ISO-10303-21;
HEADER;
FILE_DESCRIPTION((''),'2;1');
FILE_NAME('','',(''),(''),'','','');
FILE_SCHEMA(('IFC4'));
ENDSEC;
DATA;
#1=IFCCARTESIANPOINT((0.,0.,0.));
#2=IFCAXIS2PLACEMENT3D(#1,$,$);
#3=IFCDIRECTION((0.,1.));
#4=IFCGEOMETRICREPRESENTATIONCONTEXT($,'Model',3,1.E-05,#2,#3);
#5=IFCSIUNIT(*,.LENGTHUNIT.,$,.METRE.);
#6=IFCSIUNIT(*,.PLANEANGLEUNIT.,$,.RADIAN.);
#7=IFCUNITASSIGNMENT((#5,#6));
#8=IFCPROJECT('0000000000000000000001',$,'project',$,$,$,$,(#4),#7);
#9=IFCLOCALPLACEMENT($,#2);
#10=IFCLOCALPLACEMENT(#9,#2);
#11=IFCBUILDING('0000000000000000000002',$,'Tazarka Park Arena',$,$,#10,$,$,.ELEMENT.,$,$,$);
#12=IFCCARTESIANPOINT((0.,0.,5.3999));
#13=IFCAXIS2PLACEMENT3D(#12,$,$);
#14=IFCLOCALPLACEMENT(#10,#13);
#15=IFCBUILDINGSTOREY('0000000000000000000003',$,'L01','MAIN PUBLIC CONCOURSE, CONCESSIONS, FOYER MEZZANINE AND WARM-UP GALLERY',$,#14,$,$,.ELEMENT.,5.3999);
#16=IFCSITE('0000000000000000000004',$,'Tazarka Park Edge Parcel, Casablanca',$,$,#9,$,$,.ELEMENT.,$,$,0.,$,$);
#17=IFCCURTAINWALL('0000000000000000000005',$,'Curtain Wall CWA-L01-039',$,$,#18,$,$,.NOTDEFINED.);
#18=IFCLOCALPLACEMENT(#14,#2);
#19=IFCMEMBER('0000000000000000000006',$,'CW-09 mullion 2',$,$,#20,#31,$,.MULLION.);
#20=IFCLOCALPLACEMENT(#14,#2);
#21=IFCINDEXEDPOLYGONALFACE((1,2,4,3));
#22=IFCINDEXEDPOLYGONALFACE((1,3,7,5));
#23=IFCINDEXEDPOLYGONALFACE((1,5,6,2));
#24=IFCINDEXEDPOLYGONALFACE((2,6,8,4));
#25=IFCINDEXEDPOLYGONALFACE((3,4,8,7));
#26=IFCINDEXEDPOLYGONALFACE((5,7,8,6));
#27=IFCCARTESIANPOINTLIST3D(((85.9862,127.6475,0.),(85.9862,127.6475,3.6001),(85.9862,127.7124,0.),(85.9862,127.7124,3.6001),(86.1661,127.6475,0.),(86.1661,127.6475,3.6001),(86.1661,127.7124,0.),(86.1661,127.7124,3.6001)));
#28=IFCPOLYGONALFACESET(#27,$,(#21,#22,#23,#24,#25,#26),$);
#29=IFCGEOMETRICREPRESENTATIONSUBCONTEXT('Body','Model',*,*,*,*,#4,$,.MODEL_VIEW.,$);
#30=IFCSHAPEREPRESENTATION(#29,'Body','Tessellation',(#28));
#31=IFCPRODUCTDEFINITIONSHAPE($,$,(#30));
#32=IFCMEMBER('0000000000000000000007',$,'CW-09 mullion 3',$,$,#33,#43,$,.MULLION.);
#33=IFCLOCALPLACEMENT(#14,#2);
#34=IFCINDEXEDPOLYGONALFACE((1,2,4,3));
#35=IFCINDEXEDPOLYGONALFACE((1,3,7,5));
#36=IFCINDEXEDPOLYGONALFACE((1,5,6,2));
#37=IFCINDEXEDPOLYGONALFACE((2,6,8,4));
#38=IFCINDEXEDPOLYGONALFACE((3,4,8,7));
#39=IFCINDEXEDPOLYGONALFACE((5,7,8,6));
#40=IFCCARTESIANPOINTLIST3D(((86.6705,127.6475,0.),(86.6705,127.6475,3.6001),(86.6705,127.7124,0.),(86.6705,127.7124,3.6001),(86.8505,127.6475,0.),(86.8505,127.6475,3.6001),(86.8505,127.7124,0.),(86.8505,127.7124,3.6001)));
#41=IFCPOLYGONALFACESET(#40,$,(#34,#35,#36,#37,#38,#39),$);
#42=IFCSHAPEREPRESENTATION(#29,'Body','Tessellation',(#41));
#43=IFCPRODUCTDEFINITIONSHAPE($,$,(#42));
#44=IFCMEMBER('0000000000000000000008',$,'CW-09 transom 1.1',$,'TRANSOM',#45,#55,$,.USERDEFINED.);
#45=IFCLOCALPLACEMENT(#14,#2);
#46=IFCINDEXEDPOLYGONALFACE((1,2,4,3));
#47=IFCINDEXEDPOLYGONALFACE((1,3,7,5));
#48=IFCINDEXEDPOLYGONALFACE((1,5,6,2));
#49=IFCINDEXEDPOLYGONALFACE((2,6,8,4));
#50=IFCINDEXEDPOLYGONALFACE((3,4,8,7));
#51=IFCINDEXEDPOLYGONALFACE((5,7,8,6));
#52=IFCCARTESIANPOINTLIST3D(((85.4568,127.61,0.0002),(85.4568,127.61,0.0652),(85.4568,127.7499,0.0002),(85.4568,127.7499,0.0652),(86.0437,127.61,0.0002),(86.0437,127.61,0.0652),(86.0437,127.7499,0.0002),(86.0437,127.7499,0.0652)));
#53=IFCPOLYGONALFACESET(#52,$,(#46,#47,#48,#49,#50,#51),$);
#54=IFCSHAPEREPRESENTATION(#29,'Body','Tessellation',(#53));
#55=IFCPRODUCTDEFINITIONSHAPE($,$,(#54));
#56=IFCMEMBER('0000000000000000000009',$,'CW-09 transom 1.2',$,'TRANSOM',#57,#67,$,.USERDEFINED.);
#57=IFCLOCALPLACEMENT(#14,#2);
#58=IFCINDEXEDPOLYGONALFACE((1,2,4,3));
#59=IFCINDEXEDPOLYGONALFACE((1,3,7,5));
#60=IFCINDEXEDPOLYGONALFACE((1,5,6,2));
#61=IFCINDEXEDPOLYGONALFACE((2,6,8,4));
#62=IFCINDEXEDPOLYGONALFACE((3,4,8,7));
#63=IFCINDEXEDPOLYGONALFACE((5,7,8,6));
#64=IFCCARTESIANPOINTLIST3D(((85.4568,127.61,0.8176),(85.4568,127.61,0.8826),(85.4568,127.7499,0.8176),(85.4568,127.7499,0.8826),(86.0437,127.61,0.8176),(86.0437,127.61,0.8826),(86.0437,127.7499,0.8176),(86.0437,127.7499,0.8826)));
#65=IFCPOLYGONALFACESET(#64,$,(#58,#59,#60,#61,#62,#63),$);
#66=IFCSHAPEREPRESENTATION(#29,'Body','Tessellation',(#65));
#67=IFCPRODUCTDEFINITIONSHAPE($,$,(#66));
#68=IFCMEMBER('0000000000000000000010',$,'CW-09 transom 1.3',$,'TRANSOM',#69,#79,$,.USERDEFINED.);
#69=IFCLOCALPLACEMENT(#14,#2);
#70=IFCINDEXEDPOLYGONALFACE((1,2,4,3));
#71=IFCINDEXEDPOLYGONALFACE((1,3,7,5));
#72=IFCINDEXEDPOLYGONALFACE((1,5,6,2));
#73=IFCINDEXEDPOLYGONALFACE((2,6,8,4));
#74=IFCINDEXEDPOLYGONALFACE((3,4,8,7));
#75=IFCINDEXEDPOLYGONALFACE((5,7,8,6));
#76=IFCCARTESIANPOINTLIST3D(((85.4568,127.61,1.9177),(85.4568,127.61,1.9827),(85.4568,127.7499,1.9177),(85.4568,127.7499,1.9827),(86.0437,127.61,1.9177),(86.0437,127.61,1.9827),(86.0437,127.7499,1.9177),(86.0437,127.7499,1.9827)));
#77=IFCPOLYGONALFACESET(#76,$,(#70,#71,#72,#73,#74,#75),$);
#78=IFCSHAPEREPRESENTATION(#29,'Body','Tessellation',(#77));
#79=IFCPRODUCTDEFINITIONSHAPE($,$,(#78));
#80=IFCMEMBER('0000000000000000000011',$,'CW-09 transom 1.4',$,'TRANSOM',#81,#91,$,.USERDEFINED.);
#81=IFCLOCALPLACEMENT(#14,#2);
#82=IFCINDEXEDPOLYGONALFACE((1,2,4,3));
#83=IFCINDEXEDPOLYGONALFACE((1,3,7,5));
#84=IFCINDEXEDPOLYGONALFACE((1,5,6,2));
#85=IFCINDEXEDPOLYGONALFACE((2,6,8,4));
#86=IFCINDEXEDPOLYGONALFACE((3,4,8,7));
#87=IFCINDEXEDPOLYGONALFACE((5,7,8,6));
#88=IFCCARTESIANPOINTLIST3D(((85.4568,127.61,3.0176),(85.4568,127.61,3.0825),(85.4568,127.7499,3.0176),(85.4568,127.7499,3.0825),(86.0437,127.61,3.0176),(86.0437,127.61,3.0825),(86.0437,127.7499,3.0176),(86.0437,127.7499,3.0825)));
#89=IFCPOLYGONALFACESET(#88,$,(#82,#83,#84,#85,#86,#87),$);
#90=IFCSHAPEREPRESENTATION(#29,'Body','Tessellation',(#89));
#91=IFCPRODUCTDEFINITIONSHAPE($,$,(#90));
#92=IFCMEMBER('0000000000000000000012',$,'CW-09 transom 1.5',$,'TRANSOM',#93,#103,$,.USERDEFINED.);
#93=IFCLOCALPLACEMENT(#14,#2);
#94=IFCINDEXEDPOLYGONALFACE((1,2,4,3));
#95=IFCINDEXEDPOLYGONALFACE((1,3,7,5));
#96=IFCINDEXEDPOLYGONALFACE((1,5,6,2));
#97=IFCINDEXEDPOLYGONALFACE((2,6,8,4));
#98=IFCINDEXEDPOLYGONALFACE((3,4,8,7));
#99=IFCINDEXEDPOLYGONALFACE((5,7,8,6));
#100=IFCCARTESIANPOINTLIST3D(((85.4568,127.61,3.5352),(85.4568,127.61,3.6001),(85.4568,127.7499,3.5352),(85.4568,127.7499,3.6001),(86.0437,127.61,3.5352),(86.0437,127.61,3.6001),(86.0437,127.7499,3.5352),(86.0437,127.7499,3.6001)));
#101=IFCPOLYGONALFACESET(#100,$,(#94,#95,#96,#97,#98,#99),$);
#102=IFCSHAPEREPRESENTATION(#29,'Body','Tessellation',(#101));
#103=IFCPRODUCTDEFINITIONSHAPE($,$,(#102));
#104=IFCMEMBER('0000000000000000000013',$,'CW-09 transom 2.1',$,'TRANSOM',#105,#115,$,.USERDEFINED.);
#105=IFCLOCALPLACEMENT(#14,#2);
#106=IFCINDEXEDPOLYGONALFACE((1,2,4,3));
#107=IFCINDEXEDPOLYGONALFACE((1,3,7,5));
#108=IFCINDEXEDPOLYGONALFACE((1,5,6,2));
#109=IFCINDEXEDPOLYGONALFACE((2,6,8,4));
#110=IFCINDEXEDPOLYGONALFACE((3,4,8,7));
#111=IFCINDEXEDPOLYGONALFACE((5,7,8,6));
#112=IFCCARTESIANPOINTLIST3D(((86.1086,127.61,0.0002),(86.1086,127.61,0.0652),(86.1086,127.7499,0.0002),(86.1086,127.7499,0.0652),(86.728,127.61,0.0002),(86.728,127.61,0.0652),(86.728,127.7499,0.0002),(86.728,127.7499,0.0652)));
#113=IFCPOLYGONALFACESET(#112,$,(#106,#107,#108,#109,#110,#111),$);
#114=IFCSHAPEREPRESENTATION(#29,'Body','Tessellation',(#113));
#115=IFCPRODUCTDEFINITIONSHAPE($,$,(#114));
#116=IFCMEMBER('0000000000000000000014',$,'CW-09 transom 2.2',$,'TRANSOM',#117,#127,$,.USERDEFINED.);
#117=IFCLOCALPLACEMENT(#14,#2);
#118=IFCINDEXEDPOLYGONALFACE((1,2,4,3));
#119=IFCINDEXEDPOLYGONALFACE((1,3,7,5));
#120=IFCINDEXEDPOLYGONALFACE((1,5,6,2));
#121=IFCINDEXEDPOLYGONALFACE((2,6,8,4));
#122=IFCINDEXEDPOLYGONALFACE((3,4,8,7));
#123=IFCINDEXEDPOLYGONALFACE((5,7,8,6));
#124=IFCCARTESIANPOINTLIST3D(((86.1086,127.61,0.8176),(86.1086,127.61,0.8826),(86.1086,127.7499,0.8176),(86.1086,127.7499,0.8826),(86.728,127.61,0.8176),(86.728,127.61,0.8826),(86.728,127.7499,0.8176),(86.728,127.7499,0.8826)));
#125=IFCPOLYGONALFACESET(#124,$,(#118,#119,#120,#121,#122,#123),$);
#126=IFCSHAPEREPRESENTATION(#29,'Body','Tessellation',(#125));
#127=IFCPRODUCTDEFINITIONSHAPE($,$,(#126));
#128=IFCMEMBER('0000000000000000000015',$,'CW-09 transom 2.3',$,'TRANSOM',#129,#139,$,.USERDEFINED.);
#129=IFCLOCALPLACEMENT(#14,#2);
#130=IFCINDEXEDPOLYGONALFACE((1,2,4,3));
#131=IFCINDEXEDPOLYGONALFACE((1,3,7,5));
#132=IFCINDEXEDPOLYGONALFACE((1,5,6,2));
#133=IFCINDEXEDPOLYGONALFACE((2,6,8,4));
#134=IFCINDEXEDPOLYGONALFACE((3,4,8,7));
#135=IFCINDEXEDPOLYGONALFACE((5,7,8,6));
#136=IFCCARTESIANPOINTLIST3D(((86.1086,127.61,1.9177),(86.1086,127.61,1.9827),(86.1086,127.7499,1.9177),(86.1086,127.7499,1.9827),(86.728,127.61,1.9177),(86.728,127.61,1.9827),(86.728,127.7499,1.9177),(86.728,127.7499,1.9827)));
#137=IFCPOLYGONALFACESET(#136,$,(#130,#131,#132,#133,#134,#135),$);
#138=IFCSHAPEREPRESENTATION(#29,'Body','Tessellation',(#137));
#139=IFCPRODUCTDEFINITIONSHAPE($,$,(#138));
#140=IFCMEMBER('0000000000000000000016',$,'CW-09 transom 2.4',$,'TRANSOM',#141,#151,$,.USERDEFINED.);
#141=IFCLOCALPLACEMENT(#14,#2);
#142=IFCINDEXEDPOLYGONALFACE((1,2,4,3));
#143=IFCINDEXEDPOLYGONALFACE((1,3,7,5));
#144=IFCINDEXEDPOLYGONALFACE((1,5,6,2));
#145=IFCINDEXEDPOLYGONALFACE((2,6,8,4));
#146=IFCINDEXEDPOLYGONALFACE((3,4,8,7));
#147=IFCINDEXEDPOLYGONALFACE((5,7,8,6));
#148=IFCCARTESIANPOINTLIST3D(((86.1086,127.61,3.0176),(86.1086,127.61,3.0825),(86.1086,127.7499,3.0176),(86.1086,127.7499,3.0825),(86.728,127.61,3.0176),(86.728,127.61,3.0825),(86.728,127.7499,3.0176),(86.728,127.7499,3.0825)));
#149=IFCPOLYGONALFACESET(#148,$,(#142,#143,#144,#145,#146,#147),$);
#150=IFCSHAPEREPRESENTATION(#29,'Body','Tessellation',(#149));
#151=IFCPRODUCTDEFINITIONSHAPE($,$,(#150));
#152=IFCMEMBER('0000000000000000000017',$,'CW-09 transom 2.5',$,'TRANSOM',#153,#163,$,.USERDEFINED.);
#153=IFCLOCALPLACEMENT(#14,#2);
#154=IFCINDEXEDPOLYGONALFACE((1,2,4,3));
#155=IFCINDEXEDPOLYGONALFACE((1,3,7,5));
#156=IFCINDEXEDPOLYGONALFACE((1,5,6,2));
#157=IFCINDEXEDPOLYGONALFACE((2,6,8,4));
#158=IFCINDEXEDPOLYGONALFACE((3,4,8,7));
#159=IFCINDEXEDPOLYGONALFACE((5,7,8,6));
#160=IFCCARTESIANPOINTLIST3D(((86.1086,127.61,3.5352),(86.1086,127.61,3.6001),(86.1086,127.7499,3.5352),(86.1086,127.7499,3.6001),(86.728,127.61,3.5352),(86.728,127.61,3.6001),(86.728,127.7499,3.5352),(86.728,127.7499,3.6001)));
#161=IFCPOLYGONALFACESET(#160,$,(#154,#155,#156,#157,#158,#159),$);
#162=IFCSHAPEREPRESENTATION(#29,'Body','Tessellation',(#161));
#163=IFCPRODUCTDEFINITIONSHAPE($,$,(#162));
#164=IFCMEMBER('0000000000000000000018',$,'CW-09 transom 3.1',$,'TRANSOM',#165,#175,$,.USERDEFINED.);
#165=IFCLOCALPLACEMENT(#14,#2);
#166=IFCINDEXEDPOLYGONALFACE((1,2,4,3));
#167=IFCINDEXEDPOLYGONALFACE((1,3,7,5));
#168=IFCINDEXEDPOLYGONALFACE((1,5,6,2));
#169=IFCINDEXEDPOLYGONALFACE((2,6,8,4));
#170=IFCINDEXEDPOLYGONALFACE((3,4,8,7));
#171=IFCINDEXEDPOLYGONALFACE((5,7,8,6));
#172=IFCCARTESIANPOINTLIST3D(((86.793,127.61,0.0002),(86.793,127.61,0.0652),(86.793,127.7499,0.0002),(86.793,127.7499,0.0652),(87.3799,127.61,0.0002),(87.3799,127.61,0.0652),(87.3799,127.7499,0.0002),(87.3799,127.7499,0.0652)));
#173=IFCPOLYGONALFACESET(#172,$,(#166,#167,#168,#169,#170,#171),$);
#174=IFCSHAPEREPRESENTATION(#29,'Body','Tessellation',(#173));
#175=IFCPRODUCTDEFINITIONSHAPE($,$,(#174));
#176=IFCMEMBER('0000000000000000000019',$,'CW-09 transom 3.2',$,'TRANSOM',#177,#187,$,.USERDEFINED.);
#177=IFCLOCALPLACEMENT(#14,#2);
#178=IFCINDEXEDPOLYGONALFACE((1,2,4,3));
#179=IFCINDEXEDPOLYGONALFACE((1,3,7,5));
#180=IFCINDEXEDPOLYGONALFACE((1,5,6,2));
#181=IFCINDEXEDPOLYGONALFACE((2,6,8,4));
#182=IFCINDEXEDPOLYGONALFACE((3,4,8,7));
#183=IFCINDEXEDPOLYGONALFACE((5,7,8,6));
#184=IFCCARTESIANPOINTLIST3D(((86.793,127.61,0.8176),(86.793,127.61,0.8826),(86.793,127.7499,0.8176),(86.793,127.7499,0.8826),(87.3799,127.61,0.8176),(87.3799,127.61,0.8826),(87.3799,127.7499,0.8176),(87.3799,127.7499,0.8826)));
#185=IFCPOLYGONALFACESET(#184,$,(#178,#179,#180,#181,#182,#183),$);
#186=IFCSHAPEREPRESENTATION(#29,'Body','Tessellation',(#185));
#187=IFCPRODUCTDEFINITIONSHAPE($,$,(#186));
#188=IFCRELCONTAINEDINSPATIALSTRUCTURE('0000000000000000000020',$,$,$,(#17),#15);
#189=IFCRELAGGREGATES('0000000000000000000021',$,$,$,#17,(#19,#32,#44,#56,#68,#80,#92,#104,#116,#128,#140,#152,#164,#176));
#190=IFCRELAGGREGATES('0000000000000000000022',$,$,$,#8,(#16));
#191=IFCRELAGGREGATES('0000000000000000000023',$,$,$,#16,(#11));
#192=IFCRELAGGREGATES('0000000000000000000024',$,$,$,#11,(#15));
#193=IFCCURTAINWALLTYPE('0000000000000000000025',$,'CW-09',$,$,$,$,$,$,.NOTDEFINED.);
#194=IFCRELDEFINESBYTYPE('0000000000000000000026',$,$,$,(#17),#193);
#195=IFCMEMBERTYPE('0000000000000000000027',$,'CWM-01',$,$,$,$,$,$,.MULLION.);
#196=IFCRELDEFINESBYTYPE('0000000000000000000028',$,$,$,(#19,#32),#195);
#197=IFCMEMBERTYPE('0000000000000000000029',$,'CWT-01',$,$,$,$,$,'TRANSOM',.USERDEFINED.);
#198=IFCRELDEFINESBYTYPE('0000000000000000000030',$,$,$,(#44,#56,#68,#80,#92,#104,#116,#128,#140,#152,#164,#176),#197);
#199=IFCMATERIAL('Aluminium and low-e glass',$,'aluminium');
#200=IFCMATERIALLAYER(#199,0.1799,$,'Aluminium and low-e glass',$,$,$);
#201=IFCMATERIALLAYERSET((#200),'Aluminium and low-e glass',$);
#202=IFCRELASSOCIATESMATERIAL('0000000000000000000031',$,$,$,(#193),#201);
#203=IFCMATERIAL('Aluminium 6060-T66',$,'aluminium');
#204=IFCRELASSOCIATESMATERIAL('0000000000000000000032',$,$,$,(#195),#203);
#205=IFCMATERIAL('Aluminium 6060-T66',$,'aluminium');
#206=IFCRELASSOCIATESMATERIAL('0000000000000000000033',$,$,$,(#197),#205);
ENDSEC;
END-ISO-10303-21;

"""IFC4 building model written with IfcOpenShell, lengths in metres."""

from ifc_helpers import new_model, si_unit, direction, frame, origin, origin_2d, place, context, subcontext, project, spatial, rectangle, extrude, material, layer, layer_set, material_profile, profile_set, type_object, element, aggregate, save


model = new_model("IFC4")

# Units and contexts
model_context = context("Model", 3, precision=1e-05, world=origin(), true_north=direction((0.0, 1.0)))
body_context = subcontext(model_context, "Body", "Model", "MODEL_VIEW")
ifc_project = project(units=[si_unit("LENGTHUNIT", "METRE"), si_unit("PLANEANGLEUNIT", "RADIAN")], contexts=[model_context])

# Site, building, storey
site_placement = place(None, origin())
site = spatial("IfcSite", under=ifc_project, at=site_placement, Name="Tazarka Park Edge Parcel, Casablanca", CompositionType="ELEMENT", RefElevation=0.0)
building_placement = place(site_placement, origin())
building = spatial("IfcBuilding", under=site, at=building_placement, Name="Tazarka Park Arena", CompositionType="ELEMENT")
storey_placement = place(building_placement, frame((0.0, 0.0, 5.3999)))
storey = spatial("IfcBuildingStorey", under=building, at=storey_placement, Name="L01", Description="MAIN PUBLIC CONCOURSE, CONCESSIONS, FOYER MEZZANINE AND WARM-UP GALLERY", CompositionType="ELEMENT", Elevation=5.3999)

# Curtain wall, members
ifc_material_1 = material(Name="Aluminium and low-e glass", Category="aluminium")
ifc_layer_1 = layer(ifc_material_1, 0.1799, Name="Aluminium and low-e glass")
ifc_layer_set_1 = layer_set([ifc_layer_1], Name="Aluminium and low-e glass")
curtain_wall_type = type_object("IfcCurtainWallType", Name="CW-09", PredefinedType="NOTDEFINED", material=ifc_layer_set_1)
curtain_wall_placement = place(storey_placement, origin())
curtain_wall = element("IfcCurtainWall", 1, at=curtain_wall_placement, inside=storey, type_object=curtain_wall_type, Name="Curtain Wall CWA-L01-039", PredefinedType="NOTDEFINED")
ifc_material_2 = material(Name="Aluminium 6060-T66", Category="aluminium")
ifc_material_profile_1 = material_profile(ifc_material_2, rectangle(XDim=0.0649, YDim=0.1799, at=origin_2d()), Name="Aluminium 6060-T66")
ifc_profile_set_1 = profile_set([ifc_material_profile_1], Name="Aluminium 6060-T66")
member_type_1 = type_object("IfcMemberType", Name="CWM-01", PredefinedType="MULLION", material=ifc_profile_set_1)
member_1_placement = place(storey_placement, frame((86.0762, 127.6799, 0.0), z_axis=(0.0, 0.0, 1.0), x_axis=(0.0, 1.0, 0.0)))
member_1 = element("IfcMember", 2, at=member_1_placement, type_object=member_type_1, Name="CW-09 mullion 2", PredefinedType="MULLION", context=body_context, shape_type="SweptSolid", body=[
    extrude(rectangle(XDim=0.0649, YDim=0.1799, at=origin_2d()), origin(), (0.0, 0.0, 1.0), 3.6001),
])
member_2_placement = place(storey_placement, frame((86.7605, 127.6799, 0.0), z_axis=(0.0, 0.0, 1.0), x_axis=(0.0, 1.0, 0.0)))
member_2 = element("IfcMember", 3, at=member_2_placement, type_object=member_type_1, Name="CW-09 mullion 3", PredefinedType="MULLION", context=body_context, shape_type="SweptSolid", body=[
    extrude(rectangle(XDim=0.0649, YDim=0.1799, at=origin_2d()), origin(), (0.0, 0.0, 1.0), 3.6001),
])
ifc_material_3 = material(Name="Aluminium 6060-T66", Category="aluminium")
ifc_material_profile_2 = material_profile(ifc_material_3, rectangle(XDim=0.1399, YDim=0.0649, at=origin_2d()), Name="Aluminium 6060-T66")
ifc_profile_set_2 = profile_set([ifc_material_profile_2], Name="Aluminium 6060-T66")
member_type_2 = type_object("IfcMemberType", Name="CWT-01", ElementType="TRANSOM", PredefinedType="USERDEFINED", material=ifc_profile_set_2)
member_3_placement = place(storey_placement, frame((85.4568, 127.6799, 0.0327), z_axis=(1.0, 0.0, 0.0), x_axis=(0.0, 1.0, 0.0)))
member_3 = element("IfcMember", 4, at=member_3_placement, type_object=member_type_2, Name="CW-09 transom 1.1", ObjectType="TRANSOM", PredefinedType="USERDEFINED", context=body_context, shape_type="SweptSolid", body=[
    extrude(rectangle(XDim=0.1399, YDim=0.0649, at=origin_2d()), origin(), (0.0, 0.0, 1.0), 0.5869),
])
member_4_placement = place(storey_placement, frame((85.4568, 127.6799, 0.8501), z_axis=(1.0, 0.0, 0.0), x_axis=(0.0, 1.0, 0.0)))
member_4 = element("IfcMember", 5, at=member_4_placement, type_object=member_type_2, Name="CW-09 transom 1.2", ObjectType="TRANSOM", PredefinedType="USERDEFINED", context=body_context, shape_type="SweptSolid", body=[
    extrude(rectangle(XDim=0.1399, YDim=0.0649, at=origin_2d()), origin(), (0.0, 0.0, 1.0), 0.5869),
])
member_5_placement = place(storey_placement, frame((85.4568, 127.6799, 1.9502), z_axis=(1.0, 0.0, 0.0), x_axis=(0.0, 1.0, 0.0)))
member_5 = element("IfcMember", 6, at=member_5_placement, type_object=member_type_2, Name="CW-09 transom 1.3", ObjectType="TRANSOM", PredefinedType="USERDEFINED", context=body_context, shape_type="SweptSolid", body=[
    extrude(rectangle(XDim=0.1399, YDim=0.0649, at=origin_2d()), origin(), (0.0, 0.0, 1.0), 0.5869),
])
member_6_placement = place(storey_placement, frame((85.4568, 127.6799, 3.05), z_axis=(1.0, 0.0, 0.0), x_axis=(0.0, 1.0, 0.0)))
member_6 = element("IfcMember", 7, at=member_6_placement, type_object=member_type_2, Name="CW-09 transom 1.4", ObjectType="TRANSOM", PredefinedType="USERDEFINED", context=body_context, shape_type="SweptSolid", body=[
    extrude(rectangle(XDim=0.1399, YDim=0.0649, at=origin_2d()), origin(), (0.0, 0.0, 1.0), 0.5869),
])
member_7_placement = place(storey_placement, frame((85.4568, 127.6799, 3.5676), z_axis=(1.0, 0.0, 0.0), x_axis=(0.0, 1.0, 0.0)))
member_7 = element("IfcMember", 8, at=member_7_placement, type_object=member_type_2, Name="CW-09 transom 1.5", ObjectType="TRANSOM", PredefinedType="USERDEFINED", context=body_context, shape_type="SweptSolid", body=[
    extrude(rectangle(XDim=0.1399, YDim=0.0649, at=origin_2d()), origin(), (0.0, 0.0, 1.0), 0.5869),
])
member_8_placement = place(storey_placement, frame((86.1086, 127.6799, 0.0327), z_axis=(1.0, 0.0, 0.0), x_axis=(0.0, 1.0, 0.0)))
member_8 = element("IfcMember", 9, at=member_8_placement, type_object=member_type_2, Name="CW-09 transom 2.1", ObjectType="TRANSOM", PredefinedType="USERDEFINED", context=body_context, shape_type="SweptSolid", body=[
    extrude(rectangle(XDim=0.1399, YDim=0.0649, at=origin_2d()), origin(), (0.0, 0.0, 1.0), 0.6194),
])
member_9_placement = place(storey_placement, frame((86.1086, 127.6799, 0.8501), z_axis=(1.0, 0.0, 0.0), x_axis=(0.0, 1.0, 0.0)))
member_9 = element("IfcMember", 10, at=member_9_placement, type_object=member_type_2, Name="CW-09 transom 2.2", ObjectType="TRANSOM", PredefinedType="USERDEFINED", context=body_context, shape_type="SweptSolid", body=[
    extrude(rectangle(XDim=0.1399, YDim=0.0649, at=origin_2d()), origin(), (0.0, 0.0, 1.0), 0.6194),
])
member_10_placement = place(storey_placement, frame((86.1086, 127.6799, 1.9502), z_axis=(1.0, 0.0, 0.0), x_axis=(0.0, 1.0, 0.0)))
member_10 = element("IfcMember", 11, at=member_10_placement, type_object=member_type_2, Name="CW-09 transom 2.3", ObjectType="TRANSOM", PredefinedType="USERDEFINED", context=body_context, shape_type="SweptSolid", body=[
    extrude(rectangle(XDim=0.1399, YDim=0.0649, at=origin_2d()), origin(), (0.0, 0.0, 1.0), 0.6194),
])
member_11_placement = place(storey_placement, frame((86.1086, 127.6799, 3.05), z_axis=(1.0, 0.0, 0.0), x_axis=(0.0, 1.0, 0.0)))
member_11 = element("IfcMember", 12, at=member_11_placement, type_object=member_type_2, Name="CW-09 transom 2.4", ObjectType="TRANSOM", PredefinedType="USERDEFINED", context=body_context, shape_type="SweptSolid", body=[
    extrude(rectangle(XDim=0.1399, YDim=0.0649, at=origin_2d()), origin(), (0.0, 0.0, 1.0), 0.6194),
])
member_12_placement = place(storey_placement, frame((86.1086, 127.6799, 3.5676), z_axis=(1.0, 0.0, 0.0), x_axis=(0.0, 1.0, 0.0)))
member_12 = element("IfcMember", 13, at=member_12_placement, type_object=member_type_2, Name="CW-09 transom 2.5", ObjectType="TRANSOM", PredefinedType="USERDEFINED", context=body_context, shape_type="SweptSolid", body=[
    extrude(rectangle(XDim=0.1399, YDim=0.0649, at=origin_2d()), origin(), (0.0, 0.0, 1.0), 0.6194),
])
member_13_placement = place(storey_placement, frame((86.793, 127.6799, 0.0327), z_axis=(1.0, 0.0, 0.0), x_axis=(0.0, 1.0, 0.0)))
member_13 = element("IfcMember", 14, at=member_13_placement, type_object=member_type_2, Name="CW-09 transom 3.1", ObjectType="TRANSOM", PredefinedType="USERDEFINED", context=body_context, shape_type="SweptSolid", body=[
    extrude(rectangle(XDim=0.1399, YDim=0.0649, at=origin_2d()), origin(), (0.0, 0.0, 1.0), 0.5869),
])
member_14_placement = place(storey_placement, frame((86.793, 127.6799, 0.8501), z_axis=(1.0, 0.0, 0.0), x_axis=(0.0, 1.0, 0.0)))
member_14 = element("IfcMember", 15, at=member_14_placement, type_object=member_type_2, Name="CW-09 transom 3.2", ObjectType="TRANSOM", PredefinedType="USERDEFINED", context=body_context, shape_type="SweptSolid", body=[
    extrude(rectangle(XDim=0.1399, YDim=0.0649, at=origin_2d()), origin(), (0.0, 0.0, 1.0), 0.5869),
])
aggregate(curtain_wall, [member_1, member_2, member_3, member_4, member_5, member_6, member_7, member_8, member_9, member_10, member_11, member_12, member_13, member_14])

save(model, "model.ifc")
